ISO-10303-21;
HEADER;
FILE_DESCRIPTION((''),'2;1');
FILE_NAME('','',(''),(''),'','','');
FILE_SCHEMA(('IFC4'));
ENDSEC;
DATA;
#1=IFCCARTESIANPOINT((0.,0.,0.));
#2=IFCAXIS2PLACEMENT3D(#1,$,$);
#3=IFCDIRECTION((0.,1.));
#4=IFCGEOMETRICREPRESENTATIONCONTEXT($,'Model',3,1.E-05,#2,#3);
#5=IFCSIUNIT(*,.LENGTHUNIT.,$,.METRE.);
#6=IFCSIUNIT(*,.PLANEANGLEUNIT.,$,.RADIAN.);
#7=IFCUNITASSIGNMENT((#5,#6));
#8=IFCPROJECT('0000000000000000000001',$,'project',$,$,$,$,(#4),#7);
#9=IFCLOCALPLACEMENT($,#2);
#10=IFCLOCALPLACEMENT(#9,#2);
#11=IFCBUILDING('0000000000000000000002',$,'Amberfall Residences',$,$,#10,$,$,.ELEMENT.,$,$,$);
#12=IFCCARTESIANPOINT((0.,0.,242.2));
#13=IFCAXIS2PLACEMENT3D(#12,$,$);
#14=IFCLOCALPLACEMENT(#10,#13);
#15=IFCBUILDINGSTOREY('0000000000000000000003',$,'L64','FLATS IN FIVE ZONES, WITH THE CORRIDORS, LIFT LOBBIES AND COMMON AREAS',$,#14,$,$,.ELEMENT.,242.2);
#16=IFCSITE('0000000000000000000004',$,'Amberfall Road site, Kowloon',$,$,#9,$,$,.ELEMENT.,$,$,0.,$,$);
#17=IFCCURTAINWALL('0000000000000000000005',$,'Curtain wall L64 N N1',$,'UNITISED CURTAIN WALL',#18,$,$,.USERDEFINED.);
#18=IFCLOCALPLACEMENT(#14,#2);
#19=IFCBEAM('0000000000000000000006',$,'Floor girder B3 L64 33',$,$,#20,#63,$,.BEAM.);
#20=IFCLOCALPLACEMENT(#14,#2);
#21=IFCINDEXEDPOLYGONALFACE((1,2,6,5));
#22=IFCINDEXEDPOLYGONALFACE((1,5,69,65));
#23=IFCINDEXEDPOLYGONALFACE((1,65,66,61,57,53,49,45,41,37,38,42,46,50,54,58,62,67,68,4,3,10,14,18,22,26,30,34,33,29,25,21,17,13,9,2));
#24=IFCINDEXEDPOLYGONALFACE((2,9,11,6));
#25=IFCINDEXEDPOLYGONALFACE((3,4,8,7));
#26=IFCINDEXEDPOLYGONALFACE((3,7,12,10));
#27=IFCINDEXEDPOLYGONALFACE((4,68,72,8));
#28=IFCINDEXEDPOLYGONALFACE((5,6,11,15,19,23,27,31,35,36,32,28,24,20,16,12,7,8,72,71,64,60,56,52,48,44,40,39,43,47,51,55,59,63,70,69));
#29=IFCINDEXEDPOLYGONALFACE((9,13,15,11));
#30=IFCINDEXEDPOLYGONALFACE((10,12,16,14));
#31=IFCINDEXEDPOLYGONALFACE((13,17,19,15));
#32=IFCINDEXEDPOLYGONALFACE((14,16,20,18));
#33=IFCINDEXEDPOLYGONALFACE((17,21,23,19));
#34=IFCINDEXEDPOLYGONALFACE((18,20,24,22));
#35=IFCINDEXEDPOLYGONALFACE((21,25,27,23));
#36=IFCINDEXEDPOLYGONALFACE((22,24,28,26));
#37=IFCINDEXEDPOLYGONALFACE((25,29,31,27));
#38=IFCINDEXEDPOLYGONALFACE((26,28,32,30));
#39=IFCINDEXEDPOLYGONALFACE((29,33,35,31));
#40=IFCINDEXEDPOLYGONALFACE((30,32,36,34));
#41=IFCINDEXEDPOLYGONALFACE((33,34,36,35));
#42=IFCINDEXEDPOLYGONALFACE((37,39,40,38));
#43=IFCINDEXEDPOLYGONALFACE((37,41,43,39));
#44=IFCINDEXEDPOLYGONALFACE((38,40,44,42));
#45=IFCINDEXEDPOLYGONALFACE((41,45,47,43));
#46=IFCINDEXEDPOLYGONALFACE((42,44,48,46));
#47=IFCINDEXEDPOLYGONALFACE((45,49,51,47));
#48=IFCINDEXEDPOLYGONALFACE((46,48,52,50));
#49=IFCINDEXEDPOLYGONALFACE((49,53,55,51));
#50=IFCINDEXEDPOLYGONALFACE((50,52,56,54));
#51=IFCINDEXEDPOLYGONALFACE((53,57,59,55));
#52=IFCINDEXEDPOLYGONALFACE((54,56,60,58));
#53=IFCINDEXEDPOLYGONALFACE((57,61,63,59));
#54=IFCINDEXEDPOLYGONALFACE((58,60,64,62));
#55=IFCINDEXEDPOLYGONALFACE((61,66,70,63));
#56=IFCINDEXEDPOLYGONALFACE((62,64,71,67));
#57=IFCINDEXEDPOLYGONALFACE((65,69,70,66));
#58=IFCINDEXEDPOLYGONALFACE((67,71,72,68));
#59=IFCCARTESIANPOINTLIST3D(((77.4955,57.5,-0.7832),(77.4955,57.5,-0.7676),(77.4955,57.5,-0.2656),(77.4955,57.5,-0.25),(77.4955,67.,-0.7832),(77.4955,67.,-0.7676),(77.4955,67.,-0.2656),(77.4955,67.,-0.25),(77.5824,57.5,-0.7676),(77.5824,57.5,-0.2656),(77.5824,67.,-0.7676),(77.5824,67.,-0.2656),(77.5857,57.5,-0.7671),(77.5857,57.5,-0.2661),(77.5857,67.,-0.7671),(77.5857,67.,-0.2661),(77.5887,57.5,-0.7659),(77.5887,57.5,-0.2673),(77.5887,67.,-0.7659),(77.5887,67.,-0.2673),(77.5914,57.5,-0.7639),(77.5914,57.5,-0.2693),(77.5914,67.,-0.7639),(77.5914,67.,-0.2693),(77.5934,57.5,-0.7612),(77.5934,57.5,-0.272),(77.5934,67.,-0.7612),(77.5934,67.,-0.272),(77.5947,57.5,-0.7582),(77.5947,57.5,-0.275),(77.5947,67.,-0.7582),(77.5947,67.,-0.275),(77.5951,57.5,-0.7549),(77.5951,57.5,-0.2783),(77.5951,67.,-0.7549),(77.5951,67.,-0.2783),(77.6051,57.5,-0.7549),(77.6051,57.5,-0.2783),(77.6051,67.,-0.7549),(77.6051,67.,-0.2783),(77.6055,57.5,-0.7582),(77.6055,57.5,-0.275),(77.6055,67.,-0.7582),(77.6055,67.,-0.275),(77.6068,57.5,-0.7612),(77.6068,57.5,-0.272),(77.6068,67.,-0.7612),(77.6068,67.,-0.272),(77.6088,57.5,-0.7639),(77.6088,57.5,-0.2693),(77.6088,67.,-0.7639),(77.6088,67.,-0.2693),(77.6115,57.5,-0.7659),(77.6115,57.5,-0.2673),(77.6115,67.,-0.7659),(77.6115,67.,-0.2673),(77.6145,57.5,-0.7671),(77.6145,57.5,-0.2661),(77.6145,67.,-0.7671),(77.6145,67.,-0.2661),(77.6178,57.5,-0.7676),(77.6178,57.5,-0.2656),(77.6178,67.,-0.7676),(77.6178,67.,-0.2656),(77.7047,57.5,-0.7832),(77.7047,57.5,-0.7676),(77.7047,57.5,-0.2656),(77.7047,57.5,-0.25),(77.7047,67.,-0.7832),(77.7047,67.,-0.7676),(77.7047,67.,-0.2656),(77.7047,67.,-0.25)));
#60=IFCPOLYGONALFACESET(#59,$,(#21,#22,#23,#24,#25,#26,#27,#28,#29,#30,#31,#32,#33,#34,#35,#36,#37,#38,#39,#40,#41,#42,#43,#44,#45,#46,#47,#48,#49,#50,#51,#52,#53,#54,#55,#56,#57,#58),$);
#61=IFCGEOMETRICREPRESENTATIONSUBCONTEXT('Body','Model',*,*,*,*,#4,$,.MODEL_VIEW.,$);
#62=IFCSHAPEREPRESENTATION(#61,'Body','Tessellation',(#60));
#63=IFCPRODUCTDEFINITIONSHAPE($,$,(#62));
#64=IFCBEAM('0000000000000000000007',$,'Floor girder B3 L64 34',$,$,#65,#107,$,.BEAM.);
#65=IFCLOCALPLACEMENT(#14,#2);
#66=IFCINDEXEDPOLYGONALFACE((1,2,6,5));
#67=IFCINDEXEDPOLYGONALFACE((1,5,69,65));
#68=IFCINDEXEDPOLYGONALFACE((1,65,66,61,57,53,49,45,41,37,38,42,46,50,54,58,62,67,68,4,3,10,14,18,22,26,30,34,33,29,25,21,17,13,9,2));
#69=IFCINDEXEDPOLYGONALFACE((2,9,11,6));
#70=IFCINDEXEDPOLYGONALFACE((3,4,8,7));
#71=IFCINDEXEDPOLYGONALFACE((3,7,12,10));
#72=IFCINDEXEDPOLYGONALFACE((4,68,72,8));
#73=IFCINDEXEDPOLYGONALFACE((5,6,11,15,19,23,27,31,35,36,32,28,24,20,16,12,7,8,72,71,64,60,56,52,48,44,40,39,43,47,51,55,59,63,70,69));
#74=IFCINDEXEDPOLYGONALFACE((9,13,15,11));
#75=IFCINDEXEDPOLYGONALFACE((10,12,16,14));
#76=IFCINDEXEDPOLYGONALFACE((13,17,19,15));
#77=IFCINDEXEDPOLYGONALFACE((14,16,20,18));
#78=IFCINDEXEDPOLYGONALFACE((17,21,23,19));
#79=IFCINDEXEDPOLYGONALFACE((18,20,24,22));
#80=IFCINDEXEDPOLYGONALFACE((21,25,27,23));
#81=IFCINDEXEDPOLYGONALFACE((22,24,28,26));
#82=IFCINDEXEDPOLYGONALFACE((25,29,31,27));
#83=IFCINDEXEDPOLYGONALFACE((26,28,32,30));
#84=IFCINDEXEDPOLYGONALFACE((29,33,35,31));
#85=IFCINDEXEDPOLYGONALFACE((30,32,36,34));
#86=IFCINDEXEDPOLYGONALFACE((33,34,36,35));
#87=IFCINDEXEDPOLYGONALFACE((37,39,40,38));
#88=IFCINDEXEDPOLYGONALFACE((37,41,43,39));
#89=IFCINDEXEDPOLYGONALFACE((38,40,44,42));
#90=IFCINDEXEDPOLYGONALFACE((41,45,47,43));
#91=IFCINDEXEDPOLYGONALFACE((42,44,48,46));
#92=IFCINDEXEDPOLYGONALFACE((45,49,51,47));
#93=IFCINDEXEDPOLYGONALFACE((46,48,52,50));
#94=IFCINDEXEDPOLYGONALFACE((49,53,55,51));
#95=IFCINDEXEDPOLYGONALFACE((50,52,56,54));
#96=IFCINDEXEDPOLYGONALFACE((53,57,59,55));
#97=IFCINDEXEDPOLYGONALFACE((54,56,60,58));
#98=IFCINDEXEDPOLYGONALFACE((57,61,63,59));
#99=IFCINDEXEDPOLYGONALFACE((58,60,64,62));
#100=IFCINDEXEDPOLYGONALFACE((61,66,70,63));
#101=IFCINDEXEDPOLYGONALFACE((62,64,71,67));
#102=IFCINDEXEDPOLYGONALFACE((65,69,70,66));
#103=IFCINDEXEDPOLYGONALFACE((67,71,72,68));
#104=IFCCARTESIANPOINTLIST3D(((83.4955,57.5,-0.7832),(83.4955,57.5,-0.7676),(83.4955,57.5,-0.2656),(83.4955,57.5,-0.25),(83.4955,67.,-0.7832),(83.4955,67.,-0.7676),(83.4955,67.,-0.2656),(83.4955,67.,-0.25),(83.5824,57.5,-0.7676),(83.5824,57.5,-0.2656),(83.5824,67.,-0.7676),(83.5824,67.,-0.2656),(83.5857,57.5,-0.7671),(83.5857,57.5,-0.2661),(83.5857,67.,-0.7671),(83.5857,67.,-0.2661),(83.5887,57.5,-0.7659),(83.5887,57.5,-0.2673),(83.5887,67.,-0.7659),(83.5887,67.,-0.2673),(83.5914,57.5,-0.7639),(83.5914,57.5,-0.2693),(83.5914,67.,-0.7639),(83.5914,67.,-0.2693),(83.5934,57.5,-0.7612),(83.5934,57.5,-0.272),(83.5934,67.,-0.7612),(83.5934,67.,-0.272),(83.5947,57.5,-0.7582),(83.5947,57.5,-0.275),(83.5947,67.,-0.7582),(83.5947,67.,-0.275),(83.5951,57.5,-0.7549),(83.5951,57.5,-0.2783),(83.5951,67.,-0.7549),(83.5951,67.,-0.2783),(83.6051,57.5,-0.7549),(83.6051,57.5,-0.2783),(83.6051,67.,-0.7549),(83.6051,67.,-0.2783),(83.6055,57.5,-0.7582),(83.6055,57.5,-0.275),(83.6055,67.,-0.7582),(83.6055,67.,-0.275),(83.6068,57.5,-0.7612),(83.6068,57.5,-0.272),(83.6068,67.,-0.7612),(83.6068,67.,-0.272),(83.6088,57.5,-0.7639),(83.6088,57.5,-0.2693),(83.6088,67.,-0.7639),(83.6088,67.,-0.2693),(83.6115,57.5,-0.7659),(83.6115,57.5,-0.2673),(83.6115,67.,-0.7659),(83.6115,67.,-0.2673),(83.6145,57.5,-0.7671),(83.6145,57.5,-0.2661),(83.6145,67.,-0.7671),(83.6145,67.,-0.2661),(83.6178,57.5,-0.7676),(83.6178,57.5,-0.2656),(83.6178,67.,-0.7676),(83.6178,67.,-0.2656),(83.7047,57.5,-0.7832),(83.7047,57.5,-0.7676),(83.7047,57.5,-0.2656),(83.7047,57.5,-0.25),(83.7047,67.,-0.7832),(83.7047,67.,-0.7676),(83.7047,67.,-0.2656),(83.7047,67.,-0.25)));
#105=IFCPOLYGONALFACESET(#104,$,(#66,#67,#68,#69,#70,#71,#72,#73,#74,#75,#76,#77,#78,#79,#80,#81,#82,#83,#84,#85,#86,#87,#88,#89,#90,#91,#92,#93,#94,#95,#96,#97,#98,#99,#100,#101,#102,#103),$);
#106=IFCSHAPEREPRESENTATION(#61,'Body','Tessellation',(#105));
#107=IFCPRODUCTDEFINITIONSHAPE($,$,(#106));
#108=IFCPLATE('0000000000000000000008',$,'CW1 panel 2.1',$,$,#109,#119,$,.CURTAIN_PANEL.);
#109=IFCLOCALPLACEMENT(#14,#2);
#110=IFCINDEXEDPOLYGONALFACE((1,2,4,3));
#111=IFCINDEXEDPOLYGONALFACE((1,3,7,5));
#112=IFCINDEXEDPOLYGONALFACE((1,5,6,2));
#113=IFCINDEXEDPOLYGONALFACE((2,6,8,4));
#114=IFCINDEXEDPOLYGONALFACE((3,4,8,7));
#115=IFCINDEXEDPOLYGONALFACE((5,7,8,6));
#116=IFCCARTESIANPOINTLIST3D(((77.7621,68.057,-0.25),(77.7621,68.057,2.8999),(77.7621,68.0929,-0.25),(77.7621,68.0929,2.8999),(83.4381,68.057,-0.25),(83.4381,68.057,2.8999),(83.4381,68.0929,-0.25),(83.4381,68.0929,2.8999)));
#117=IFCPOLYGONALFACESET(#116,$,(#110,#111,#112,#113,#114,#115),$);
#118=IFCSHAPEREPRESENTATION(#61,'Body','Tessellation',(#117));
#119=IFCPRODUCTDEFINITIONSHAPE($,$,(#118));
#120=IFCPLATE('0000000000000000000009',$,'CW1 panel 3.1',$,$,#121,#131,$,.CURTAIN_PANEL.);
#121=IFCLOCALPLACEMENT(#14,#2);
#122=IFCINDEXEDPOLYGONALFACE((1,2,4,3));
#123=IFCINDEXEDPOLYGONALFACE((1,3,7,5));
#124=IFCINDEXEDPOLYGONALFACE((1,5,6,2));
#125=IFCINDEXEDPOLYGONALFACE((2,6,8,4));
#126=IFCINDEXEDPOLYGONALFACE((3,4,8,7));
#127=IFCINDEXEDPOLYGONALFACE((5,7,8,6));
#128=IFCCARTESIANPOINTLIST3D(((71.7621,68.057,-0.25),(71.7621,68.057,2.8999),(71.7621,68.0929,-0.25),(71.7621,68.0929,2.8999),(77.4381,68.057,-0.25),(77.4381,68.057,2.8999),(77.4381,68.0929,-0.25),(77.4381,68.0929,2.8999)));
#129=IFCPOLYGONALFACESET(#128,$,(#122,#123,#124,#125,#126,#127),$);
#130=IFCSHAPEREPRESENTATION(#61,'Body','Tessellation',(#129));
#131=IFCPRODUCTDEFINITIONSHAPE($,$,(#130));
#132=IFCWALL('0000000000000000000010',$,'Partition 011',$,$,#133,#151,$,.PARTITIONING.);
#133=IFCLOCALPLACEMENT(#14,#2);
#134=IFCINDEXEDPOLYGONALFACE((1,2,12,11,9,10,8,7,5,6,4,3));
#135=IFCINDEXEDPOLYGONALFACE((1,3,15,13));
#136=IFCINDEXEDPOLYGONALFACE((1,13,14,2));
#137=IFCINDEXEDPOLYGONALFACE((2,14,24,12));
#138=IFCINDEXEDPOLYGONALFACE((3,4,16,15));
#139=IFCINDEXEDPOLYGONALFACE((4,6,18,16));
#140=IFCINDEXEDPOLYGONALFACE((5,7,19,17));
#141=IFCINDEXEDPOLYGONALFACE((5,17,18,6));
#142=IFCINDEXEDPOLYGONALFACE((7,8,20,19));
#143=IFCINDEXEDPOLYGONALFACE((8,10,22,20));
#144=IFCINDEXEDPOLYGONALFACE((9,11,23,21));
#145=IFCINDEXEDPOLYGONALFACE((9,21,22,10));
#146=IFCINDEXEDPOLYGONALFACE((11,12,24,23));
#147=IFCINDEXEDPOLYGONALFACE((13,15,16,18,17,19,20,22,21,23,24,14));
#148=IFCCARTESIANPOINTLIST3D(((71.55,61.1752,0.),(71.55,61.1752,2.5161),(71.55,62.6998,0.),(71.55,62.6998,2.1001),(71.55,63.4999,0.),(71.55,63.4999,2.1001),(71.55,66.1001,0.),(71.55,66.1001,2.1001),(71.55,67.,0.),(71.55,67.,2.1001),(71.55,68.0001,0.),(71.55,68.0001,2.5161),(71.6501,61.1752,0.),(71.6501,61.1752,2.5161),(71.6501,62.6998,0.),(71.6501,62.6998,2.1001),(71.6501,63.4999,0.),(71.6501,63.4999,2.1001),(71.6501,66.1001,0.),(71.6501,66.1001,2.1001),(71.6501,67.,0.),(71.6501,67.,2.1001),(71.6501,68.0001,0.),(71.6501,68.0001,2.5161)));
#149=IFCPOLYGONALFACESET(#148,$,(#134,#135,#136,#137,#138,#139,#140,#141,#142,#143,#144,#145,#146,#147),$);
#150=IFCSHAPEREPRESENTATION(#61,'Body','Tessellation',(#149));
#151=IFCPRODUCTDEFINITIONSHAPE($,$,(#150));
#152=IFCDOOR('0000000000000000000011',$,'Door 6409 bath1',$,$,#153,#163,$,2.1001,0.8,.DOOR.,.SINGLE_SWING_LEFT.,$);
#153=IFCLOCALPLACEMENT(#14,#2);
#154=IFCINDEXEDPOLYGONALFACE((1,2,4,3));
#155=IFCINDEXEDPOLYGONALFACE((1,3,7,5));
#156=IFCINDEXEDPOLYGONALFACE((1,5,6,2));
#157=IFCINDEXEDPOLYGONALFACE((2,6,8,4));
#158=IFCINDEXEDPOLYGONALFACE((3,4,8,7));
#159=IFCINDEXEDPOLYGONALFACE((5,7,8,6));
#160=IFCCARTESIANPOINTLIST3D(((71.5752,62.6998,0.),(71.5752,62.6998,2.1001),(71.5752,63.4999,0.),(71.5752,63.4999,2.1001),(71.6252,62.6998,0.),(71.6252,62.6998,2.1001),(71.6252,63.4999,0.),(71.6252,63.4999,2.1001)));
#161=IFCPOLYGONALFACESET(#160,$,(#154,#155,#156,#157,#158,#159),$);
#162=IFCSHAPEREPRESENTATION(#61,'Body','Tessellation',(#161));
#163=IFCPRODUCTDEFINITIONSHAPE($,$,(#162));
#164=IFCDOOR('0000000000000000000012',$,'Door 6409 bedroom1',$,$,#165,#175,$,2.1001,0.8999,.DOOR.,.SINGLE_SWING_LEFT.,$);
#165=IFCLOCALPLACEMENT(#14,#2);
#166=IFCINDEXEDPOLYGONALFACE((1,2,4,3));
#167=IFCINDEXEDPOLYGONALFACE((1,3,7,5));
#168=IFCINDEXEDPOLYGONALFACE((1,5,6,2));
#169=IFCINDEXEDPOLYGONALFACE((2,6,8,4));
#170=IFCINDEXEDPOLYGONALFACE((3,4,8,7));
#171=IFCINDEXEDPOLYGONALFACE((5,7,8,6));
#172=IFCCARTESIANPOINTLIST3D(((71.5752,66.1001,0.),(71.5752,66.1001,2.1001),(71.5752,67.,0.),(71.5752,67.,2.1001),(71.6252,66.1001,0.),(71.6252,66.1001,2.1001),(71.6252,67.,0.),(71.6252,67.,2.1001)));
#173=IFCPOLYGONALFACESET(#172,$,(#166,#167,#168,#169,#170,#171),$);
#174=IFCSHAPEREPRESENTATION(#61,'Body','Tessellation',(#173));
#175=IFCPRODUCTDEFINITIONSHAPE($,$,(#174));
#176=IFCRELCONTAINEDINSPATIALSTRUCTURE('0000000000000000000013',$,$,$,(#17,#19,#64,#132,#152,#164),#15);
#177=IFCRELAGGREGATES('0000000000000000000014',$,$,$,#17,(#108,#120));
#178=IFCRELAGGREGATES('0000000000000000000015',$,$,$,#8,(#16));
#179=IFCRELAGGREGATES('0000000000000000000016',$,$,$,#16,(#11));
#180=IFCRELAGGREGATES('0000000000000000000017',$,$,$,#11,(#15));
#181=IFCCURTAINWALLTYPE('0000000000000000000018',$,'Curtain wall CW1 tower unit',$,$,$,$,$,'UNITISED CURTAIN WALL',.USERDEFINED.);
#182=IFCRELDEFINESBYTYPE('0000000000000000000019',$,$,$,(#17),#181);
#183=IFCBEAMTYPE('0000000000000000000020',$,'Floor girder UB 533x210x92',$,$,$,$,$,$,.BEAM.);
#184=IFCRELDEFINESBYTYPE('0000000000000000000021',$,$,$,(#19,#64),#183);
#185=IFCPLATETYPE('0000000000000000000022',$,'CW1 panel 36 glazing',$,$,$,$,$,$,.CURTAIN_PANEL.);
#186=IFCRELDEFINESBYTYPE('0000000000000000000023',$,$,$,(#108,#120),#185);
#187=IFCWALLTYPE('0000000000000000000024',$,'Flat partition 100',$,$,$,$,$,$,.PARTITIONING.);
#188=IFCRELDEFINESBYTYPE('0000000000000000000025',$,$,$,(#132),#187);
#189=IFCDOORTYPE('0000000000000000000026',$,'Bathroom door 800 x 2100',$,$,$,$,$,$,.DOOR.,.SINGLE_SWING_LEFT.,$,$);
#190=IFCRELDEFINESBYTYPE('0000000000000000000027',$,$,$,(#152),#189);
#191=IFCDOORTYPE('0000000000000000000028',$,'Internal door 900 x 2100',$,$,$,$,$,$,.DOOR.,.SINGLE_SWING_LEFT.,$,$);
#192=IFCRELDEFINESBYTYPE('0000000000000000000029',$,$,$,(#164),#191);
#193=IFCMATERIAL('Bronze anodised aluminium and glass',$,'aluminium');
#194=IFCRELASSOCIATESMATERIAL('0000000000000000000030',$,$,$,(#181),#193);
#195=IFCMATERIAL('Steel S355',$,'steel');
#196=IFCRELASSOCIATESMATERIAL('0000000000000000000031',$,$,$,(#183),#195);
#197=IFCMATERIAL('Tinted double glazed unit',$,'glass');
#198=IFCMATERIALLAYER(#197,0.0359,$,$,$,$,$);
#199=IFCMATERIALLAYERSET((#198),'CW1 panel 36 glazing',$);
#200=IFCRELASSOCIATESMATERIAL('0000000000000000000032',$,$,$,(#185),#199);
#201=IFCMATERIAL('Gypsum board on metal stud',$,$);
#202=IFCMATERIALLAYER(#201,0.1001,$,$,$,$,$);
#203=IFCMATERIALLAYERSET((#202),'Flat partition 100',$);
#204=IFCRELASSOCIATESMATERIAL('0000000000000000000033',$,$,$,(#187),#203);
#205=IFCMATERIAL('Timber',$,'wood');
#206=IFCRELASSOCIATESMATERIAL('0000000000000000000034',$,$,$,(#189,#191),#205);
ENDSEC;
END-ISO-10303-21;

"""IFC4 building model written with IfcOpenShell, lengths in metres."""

from ifc_helpers import new_model, si_unit, direction, frame, frame_2d, origin, origin_2d, place, context, subcontext, project, spatial, rectangle, i_section, extrude, material, layer, layer_set, material_profile, profile_set, type_object, element, fill, aggregate, save


model = new_model("IFC4")

# Units and contexts
model_context = context("Model", 3, precision=1e-05, world=origin(), true_north=direction((0.0, 1.0)))
body_context = subcontext(model_context, "Body", "Model", "MODEL_VIEW")
ifc_project = project(units=[si_unit("LENGTHUNIT", "METRE"), si_unit("PLANEANGLEUNIT", "RADIAN")], contexts=[model_context])

# Site, building, storey
site_placement = place(None, origin())
site = spatial("IfcSite", under=ifc_project, at=site_placement, Name="Amberfall Road site, Kowloon", CompositionType="ELEMENT", RefElevation=0.0)
building_placement = place(site_placement, origin())
building = spatial("IfcBuilding", under=site, at=building_placement, Name="Amberfall Residences", CompositionType="ELEMENT")
storey_placement = place(building_placement, frame((0.0, 0.0, 242.2)))
storey = spatial("IfcBuildingStorey", under=building, at=storey_placement, Name="L64", Description="FLATS IN FIVE ZONES, WITH THE CORRIDORS, LIFT LOBBIES AND COMMON AREAS", CompositionType="ELEMENT", Elevation=242.2)

# Curtain wall
ifc_material_1 = material(Name="Bronze anodised aluminium and glass", Category="aluminium")
curtain_wall_type = type_object("IfcCurtainWallType", Name="Curtain wall CW1 tower unit", ElementType="UNITISED CURTAIN WALL", PredefinedType="USERDEFINED", material=ifc_material_1)
curtain_wall_placement = place(storey_placement, origin())
curtain_wall = element("IfcCurtainWall", 1, at=curtain_wall_placement, inside=storey, type_object=curtain_wall_type, Name="Curtain wall L64 N N1", ObjectType="UNITISED CURTAIN WALL", PredefinedType="USERDEFINED")

# Shared definitions
ifc_material_2 = material(Name="Steel S355", Category="steel")

# Beams
ifc_material_profile_1 = material_profile(ifc_material_2, i_section(OverallWidth=0.2092, OverallDepth=0.5332, WebThickness=0.01, FlangeThickness=0.0156, FilletRadius=0.0127, at=origin_2d()), Name="UB 533x210x92")
ifc_profile_set_1 = profile_set([ifc_material_profile_1], Name="Steel S355")
beam_type_1 = type_object("IfcBeamType", Name="Floor girder UB 533x210x92", PredefinedType="BEAM", material=ifc_profile_set_1)
for number, where, z_axis, x_axis, name in (
    (2, (77.6001, 67.0, -0.5166), (0.0, -1.0, 0.0), (1.0, 0.0, 0.0), "Floor girder B3 L64 33"),
    (3, (83.6001, 67.0, -0.5166), (0.0, -1.0, 0.0), (1.0, 0.0, 0.0), "Floor girder B3 L64 34"),
):
    element("IfcBeam", number, at=place(storey_placement, frame(where, z_axis=z_axis, x_axis=x_axis)), inside=storey, type_object=beam_type_1, Name=name, PredefinedType="BEAM", context=body_context, shape_type="SweptSolid", body=[
        extrude(i_section(OverallWidth=0.2092, OverallDepth=0.5332, WebThickness=0.01, FlangeThickness=0.0156, FilletRadius=0.0127, at=origin_2d()), origin(), (0.0, 0.0, 1.0), 9.5),
    ])

# Plates
ifc_material_3 = material(Name="Tinted double glazed unit", Category="glass")
ifc_layer_1 = layer(ifc_material_3, 0.0359)
ifc_layer_set_1 = layer_set([ifc_layer_1], Name="CW1 panel 36 glazing")
plate_type = type_object("IfcPlateType", Name="CW1 panel 36 glazing", PredefinedType="CURTAIN_PANEL", material=ifc_layer_set_1)
plate_1_placement = place(storey_placement, frame((80.6001, 68.075, -0.25), z_axis=(0.0, 0.0, 1.0), x_axis=(-1.0, 0.0, 0.0)))
plate_1 = element("IfcPlate", 4, at=plate_1_placement, type_object=plate_type, Name="CW1 panel 2.1", PredefinedType="CURTAIN_PANEL", context=body_context, shape_type="SweptSolid", body=[
    extrude(rectangle(XDim=5.676, YDim=0.0359, at=origin_2d()), origin(), (0.0, 0.0, 1.0), 3.1499),
])
plate_2_placement = place(storey_placement, frame((74.6001, 68.075, -0.25), z_axis=(0.0, 0.0, 1.0), x_axis=(-1.0, 0.0, 0.0)))
plate_2 = element("IfcPlate", 5, at=plate_2_placement, type_object=plate_type, Name="CW1 panel 3.1", PredefinedType="CURTAIN_PANEL", context=body_context, shape_type="SweptSolid", body=[
    extrude(rectangle(XDim=5.676, YDim=0.0359, at=origin_2d()), origin(), (0.0, 0.0, 1.0), 3.1499),
])
aggregate(curtain_wall, [plate_1, plate_2])

# Wall, openings, doors
ifc_material_4 = material(Name="Gypsum board on metal stud")
ifc_layer_2 = layer(ifc_material_4, 0.1001)
ifc_layer_set_2 = layer_set([ifc_layer_2], Name="Flat partition 100")
wall_type_1 = type_object("IfcWallType", Name="Flat partition 100", PredefinedType="PARTITIONING", material=ifc_layer_set_2)
wall_1_placement = place(storey_placement, frame((71.6001, 61.175, 0.0), z_axis=(0.0, 0.0, 1.0), x_axis=(0.0, 1.0, 0.0)))
wall_1 = element("IfcWall", 6, at=wall_1_placement, inside=storey, type_object=wall_type_1, Name="Partition 011", PredefinedType="PARTITIONING", context=body_context, shape_type="SweptSolid", body=[
    extrude(rectangle(XDim=6.825, YDim=0.1001, at=frame_2d((3.4126, 0.0))), origin(), (0.0, 0.0, 1.0), 2.5161),
])
opening_1_placement = place(wall_1_placement, frame((4.925, 0.0, 0.0)))
opening_1 = element("IfcOpeningElement", 7, at=opening_1_placement, cuts=wall_1, PredefinedType="OPENING", context=body_context, shape_type="SweptSolid", body=[
    extrude(rectangle(XDim=0.8999, YDim=2.1001, at=frame_2d((0.45, 1.05))), frame((0.0, 0.0601, 0.0), z_axis=(0.0, -1.0, 0.0), x_axis=(1.0, 0.0, 0.0)), (0.0, 0.0, 1.0), 0.1201),
])
opening_2_placement = place(wall_1_placement, frame((1.5249, 0.0, 0.0)))
opening_2 = element("IfcOpeningElement", 8, at=opening_2_placement, cuts=wall_1, PredefinedType="OPENING", context=body_context, shape_type="SweptSolid", body=[
    extrude(rectangle(XDim=0.8, YDim=2.1001, at=frame_2d((0.3999, 1.05))), frame((0.0, 0.0601, 0.0), z_axis=(0.0, -1.0, 0.0), x_axis=(1.0, 0.0, 0.0)), (0.0, 0.0, 1.0), 0.1201),
])
ifc_material_5 = material(Name="Timber", Category="wood")
door_type_1 = type_object("IfcDoorType", Name="Bathroom door 800 x 2100", OperationType="SINGLE_SWING_LEFT", PredefinedType="DOOR", material=ifc_material_5)
door_1_placement = place(opening_2_placement, origin())
door_1 = element("IfcDoor", 9, at=door_1_placement, inside=storey, type_object=door_type_1, Name="Door 6409 bath1", OperationType="SINGLE_SWING_LEFT", OverallHeight=2.1001, OverallWidth=0.8, PredefinedType="DOOR", context=body_context, shape_type="SweptSolid", body=[
    extrude(rectangle(XDim=0.8, YDim=2.1001, at=frame_2d((0.3999, 1.05))), frame((0.0, 0.0249, 0.0), z_axis=(0.0, -1.0, 0.0), x_axis=(1.0, 0.0, 0.0)), (0.0, 0.0, 1.0), 0.05),
])
fill(opening_2, door_1)
door_type_2 = type_object("IfcDoorType", Name="Internal door 900 x 2100", OperationType="SINGLE_SWING_LEFT", PredefinedType="DOOR", material=ifc_material_5)
door_2_placement = place(opening_1_placement, origin())
door_2 = element("IfcDoor", 10, at=door_2_placement, inside=storey, type_object=door_type_2, Name="Door 6409 bedroom1", OperationType="SINGLE_SWING_LEFT", OverallHeight=2.1001, OverallWidth=0.8999, PredefinedType="DOOR", context=body_context, shape_type="SweptSolid", body=[
    extrude(rectangle(XDim=0.8999, YDim=2.1001, at=frame_2d((0.45, 1.05))), frame((0.0, 0.0249, 0.0), z_axis=(0.0, -1.0, 0.0), x_axis=(1.0, 0.0, 0.0)), (0.0, 0.0, 1.0), 0.05),
])
fill(opening_1, door_2)

save(model, "model.ifc")
